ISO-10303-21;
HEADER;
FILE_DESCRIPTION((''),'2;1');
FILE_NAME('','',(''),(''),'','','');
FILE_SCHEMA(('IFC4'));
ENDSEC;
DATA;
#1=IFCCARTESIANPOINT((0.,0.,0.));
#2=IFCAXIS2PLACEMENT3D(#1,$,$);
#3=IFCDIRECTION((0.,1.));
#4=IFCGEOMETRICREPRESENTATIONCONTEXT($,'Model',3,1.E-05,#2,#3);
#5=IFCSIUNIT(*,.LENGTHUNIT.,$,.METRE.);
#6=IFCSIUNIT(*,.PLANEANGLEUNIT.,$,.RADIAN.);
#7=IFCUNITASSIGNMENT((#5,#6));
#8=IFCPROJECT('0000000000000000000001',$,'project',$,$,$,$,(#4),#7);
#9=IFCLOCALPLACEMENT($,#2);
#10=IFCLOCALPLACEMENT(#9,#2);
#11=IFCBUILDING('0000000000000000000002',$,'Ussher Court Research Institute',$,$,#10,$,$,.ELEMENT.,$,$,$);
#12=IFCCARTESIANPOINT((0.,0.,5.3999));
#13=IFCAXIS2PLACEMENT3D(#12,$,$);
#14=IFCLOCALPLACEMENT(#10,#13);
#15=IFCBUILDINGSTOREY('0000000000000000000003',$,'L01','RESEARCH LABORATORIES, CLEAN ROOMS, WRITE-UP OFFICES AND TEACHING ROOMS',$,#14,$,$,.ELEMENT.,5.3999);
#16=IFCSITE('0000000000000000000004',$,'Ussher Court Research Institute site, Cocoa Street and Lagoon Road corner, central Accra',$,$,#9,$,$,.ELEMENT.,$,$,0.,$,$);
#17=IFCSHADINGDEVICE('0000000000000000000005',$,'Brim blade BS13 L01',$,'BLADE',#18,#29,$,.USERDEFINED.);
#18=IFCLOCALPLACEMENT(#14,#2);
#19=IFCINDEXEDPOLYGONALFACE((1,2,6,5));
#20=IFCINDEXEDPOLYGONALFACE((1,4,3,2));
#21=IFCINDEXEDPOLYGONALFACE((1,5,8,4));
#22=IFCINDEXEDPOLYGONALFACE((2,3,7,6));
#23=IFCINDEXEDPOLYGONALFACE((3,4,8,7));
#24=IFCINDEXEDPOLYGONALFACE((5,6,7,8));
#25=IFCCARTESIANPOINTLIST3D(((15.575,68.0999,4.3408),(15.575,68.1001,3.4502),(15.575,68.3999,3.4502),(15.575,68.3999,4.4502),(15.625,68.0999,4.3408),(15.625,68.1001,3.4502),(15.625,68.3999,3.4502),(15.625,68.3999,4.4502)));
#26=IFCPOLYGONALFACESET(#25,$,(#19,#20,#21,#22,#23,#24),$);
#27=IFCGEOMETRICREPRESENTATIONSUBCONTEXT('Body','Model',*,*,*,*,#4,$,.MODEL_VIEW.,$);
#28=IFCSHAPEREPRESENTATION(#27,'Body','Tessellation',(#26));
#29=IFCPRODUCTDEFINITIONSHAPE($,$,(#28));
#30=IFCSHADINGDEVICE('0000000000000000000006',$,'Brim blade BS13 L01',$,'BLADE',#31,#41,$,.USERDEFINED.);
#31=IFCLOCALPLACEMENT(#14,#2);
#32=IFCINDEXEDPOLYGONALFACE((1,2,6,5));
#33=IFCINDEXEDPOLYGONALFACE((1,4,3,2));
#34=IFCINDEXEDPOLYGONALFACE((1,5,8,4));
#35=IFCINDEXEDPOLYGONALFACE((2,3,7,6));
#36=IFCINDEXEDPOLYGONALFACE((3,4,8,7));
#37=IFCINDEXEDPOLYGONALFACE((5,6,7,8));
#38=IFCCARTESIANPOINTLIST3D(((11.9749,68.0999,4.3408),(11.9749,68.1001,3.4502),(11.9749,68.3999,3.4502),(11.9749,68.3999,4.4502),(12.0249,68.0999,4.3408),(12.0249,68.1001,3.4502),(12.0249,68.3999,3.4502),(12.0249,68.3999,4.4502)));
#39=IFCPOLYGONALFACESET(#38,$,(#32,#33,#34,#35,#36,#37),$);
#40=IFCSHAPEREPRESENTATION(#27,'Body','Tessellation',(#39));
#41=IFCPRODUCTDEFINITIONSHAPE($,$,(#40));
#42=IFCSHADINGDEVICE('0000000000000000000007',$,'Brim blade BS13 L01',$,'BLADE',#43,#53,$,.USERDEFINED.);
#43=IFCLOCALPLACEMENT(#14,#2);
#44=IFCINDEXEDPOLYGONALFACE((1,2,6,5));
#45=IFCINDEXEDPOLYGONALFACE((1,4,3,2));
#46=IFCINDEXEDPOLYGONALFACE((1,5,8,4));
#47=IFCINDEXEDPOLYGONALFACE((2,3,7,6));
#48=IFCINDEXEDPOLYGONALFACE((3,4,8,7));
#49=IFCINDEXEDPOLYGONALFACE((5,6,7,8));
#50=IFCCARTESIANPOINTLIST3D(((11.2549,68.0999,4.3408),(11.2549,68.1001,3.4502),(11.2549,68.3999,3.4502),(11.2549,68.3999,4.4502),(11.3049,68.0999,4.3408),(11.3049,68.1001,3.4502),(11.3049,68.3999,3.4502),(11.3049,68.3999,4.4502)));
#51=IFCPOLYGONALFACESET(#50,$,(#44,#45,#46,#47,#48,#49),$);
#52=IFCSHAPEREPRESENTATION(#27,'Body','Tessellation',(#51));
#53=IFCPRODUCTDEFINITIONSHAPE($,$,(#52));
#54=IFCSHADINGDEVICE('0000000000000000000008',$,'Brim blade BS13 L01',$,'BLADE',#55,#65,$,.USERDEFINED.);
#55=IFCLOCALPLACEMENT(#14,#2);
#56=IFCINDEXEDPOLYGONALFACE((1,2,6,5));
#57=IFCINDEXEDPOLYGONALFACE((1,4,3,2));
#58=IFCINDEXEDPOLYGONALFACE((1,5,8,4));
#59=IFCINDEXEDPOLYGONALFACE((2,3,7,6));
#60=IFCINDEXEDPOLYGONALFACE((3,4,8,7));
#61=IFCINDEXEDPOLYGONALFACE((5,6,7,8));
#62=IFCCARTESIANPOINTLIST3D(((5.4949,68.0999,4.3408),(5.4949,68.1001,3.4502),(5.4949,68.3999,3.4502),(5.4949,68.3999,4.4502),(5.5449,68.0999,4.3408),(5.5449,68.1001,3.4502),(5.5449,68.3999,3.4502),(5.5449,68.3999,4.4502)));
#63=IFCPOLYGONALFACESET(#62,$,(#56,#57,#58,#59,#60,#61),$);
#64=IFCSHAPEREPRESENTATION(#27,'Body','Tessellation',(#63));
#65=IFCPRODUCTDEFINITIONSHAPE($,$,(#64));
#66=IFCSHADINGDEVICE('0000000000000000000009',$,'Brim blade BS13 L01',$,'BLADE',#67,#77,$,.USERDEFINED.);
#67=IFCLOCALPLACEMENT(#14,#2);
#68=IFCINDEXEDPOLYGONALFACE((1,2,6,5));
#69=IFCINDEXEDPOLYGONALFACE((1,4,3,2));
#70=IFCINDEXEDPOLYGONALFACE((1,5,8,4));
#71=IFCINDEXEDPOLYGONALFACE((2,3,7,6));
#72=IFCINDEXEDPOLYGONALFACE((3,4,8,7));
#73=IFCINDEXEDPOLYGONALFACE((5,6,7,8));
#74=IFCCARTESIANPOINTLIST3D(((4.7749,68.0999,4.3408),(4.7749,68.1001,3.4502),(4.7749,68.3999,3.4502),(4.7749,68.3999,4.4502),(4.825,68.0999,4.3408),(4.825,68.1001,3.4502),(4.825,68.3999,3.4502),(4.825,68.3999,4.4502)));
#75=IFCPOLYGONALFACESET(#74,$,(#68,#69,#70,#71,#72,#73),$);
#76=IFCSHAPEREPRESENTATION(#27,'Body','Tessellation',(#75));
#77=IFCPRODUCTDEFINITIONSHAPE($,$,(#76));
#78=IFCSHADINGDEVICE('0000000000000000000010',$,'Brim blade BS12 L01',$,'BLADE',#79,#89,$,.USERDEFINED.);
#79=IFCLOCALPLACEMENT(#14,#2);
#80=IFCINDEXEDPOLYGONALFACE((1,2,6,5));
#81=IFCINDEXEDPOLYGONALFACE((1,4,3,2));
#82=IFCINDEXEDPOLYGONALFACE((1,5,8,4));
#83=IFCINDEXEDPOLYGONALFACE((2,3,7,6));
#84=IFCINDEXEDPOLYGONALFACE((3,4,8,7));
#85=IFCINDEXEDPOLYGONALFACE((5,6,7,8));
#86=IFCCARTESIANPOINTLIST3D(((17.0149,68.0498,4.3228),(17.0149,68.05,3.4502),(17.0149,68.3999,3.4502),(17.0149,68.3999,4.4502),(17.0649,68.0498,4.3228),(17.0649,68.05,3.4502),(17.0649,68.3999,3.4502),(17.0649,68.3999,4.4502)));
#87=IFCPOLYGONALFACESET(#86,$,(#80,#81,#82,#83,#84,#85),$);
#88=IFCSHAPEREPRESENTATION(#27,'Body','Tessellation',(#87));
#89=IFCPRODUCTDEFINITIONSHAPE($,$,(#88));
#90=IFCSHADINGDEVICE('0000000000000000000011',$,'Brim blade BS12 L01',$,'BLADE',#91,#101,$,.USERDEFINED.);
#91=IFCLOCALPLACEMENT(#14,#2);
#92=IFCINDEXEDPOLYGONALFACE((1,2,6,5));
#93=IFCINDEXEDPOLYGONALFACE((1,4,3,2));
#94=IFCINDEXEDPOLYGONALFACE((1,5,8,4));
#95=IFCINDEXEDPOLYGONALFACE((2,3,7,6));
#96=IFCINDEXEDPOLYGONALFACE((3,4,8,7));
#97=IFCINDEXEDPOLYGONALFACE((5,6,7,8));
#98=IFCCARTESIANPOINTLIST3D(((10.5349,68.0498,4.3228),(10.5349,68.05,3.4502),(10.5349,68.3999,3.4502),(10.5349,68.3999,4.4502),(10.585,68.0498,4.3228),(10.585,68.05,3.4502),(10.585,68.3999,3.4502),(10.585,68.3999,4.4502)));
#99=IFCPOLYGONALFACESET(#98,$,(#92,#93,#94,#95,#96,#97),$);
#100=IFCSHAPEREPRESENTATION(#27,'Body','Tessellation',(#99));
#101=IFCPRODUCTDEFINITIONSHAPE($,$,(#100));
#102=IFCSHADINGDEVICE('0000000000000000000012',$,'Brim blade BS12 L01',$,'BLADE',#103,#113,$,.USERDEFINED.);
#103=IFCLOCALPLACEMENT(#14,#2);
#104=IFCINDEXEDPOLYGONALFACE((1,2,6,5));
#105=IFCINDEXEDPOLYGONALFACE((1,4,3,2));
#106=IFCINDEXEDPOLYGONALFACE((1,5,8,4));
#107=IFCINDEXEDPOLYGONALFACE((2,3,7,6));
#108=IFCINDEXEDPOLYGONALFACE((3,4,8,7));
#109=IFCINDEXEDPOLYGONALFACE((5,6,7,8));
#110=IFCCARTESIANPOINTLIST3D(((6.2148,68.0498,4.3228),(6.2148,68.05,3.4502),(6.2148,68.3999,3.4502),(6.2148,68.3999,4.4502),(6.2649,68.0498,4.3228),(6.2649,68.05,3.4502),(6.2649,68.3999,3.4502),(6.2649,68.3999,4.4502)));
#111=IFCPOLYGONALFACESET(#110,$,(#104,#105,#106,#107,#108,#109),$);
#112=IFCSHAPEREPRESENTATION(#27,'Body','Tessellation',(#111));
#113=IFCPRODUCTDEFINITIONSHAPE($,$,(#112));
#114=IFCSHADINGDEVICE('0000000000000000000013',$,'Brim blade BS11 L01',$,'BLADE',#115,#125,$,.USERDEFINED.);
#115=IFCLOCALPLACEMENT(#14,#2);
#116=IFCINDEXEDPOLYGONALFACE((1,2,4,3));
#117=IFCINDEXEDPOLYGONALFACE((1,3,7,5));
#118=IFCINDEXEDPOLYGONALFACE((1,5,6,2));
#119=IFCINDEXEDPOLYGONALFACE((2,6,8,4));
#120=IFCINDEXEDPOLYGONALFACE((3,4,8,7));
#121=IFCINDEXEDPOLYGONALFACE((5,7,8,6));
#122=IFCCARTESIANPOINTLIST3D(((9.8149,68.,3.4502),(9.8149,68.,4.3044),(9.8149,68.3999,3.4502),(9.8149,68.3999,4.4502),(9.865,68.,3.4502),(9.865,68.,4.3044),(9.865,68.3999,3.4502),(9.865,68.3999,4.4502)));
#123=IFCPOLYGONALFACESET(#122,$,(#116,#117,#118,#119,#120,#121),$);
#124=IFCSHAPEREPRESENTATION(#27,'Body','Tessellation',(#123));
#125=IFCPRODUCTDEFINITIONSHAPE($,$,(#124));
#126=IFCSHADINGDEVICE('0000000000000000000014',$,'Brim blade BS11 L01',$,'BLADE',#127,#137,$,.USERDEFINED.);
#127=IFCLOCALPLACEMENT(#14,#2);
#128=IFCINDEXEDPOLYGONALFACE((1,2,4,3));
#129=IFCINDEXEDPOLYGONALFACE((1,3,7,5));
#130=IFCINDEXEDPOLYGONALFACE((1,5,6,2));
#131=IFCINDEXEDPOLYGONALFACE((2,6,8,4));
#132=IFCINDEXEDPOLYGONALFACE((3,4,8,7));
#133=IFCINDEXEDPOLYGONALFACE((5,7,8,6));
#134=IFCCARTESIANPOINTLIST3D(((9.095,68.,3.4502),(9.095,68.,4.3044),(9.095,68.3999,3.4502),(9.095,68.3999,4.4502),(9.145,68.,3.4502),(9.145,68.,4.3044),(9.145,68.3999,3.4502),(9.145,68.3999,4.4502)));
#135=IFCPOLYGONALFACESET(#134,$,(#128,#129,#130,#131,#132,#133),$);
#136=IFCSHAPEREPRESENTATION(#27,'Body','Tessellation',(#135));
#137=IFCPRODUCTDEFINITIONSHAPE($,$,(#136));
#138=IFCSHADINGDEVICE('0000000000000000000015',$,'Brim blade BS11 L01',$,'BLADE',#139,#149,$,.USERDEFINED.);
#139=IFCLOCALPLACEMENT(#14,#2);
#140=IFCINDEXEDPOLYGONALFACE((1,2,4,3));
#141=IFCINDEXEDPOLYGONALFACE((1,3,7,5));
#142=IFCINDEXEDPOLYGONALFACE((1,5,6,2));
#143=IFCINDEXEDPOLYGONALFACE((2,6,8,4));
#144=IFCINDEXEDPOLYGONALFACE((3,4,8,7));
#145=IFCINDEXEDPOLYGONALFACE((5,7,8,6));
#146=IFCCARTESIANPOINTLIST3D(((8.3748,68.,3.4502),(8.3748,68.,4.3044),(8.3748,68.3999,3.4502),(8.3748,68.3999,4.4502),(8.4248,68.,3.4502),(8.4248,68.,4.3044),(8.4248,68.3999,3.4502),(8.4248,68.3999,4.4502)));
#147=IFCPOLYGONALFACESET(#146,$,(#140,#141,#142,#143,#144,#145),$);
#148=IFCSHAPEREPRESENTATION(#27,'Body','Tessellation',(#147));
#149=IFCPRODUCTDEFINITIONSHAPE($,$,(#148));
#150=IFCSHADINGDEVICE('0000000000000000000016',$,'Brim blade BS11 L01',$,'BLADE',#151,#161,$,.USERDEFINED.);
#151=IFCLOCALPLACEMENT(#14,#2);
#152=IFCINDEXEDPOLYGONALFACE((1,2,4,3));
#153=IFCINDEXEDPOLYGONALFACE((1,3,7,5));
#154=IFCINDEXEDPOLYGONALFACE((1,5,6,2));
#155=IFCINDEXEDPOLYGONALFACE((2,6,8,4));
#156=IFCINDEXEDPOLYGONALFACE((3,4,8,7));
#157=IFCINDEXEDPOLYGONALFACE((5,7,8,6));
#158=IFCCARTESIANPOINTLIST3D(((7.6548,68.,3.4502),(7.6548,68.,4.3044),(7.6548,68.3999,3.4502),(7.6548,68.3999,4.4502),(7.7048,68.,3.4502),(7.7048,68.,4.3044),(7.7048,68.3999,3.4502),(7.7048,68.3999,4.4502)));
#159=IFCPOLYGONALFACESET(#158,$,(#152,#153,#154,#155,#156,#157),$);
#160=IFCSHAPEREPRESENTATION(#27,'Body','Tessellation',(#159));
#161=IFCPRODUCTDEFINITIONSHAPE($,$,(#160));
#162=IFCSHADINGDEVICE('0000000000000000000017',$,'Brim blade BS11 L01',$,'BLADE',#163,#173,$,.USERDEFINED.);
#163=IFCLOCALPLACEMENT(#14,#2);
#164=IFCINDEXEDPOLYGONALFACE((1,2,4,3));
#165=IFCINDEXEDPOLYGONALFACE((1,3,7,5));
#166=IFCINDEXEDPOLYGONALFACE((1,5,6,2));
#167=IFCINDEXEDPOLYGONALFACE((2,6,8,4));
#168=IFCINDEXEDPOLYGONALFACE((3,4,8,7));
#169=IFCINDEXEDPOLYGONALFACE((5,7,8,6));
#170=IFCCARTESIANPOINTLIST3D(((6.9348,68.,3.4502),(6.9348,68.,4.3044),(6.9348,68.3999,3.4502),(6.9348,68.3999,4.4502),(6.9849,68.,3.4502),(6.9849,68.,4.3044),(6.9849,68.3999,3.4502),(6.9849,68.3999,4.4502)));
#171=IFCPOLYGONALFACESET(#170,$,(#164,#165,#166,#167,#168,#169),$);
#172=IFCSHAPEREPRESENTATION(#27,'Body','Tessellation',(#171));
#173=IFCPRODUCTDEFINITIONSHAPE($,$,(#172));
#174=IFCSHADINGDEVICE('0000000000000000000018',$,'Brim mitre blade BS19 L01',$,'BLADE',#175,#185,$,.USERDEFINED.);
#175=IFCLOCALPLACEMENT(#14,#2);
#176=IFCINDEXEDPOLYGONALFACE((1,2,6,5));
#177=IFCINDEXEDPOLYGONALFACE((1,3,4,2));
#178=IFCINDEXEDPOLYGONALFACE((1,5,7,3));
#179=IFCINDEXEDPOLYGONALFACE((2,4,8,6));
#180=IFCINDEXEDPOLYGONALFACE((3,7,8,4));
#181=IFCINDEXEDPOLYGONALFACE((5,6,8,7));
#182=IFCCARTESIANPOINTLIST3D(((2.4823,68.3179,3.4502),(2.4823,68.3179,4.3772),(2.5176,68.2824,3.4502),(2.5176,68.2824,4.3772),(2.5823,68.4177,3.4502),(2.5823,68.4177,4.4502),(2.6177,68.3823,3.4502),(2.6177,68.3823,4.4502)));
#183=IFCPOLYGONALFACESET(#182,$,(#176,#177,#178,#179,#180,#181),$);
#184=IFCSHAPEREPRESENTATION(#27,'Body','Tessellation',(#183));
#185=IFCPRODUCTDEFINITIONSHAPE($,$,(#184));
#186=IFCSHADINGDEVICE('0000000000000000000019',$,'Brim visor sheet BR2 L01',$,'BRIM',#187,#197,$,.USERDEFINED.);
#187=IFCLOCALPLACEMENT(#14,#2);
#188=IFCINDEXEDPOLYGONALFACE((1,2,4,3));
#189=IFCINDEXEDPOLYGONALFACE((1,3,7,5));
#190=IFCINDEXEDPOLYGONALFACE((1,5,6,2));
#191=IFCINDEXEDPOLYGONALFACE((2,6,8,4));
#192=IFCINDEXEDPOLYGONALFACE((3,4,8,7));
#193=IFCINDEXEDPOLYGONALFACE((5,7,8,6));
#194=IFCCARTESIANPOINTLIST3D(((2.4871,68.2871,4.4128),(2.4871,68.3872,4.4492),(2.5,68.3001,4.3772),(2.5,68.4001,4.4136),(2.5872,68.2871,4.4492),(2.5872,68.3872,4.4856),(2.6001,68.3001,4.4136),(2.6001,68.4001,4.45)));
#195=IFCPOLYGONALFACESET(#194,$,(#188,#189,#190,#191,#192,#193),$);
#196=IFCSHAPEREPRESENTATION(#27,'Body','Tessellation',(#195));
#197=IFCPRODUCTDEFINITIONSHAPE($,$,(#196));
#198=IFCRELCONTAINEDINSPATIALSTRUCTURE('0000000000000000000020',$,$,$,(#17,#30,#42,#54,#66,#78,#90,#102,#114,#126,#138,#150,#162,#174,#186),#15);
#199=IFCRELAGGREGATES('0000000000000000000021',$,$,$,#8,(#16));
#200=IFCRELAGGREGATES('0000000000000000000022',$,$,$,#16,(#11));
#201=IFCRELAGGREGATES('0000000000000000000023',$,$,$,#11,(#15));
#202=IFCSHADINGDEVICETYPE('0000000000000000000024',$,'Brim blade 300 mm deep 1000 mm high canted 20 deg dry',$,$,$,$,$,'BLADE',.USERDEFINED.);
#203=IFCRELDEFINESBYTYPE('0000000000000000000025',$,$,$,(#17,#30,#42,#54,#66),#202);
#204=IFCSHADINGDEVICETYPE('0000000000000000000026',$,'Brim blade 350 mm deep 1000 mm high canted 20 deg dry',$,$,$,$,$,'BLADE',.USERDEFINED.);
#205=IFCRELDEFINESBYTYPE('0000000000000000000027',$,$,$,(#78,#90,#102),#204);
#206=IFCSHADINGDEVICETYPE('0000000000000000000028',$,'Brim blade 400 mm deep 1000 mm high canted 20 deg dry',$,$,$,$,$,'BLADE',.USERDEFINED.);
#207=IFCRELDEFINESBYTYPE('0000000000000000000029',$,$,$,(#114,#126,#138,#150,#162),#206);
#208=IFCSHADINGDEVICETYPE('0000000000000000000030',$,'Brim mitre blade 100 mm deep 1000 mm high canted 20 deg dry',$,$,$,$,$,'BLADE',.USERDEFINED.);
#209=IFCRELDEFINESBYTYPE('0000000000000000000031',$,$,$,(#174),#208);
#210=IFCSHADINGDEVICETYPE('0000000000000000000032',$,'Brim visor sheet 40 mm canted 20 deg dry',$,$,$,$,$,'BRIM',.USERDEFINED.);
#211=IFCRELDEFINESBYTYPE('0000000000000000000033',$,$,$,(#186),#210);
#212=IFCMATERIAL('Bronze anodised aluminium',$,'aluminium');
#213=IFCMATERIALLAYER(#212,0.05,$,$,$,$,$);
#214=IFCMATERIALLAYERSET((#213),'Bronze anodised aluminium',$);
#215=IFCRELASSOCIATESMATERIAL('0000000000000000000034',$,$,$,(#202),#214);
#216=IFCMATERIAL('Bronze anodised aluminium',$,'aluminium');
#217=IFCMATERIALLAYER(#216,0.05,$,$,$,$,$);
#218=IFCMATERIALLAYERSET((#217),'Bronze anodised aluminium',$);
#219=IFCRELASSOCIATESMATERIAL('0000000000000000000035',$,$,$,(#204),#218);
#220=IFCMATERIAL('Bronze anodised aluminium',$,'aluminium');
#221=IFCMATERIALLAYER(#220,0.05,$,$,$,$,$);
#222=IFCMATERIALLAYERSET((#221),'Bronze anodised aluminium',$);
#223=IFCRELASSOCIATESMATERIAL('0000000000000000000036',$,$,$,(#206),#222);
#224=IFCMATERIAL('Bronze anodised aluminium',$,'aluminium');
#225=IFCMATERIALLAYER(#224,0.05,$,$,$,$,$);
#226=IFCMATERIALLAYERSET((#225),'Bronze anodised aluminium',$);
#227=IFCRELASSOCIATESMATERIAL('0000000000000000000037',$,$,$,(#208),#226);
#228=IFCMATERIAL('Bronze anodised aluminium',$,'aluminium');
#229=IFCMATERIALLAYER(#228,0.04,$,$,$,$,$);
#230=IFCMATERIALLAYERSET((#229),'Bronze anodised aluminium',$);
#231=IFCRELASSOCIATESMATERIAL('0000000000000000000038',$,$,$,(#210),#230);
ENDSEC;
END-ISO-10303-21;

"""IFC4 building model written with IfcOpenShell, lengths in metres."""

from ifc_helpers import new_model, si_unit, direction, frame, origin, place, context, subcontext, project, spatial, polyline, outline, extrude, material, layer, layer_set, type_object, element, save


model = new_model("IFC4")

# Units and contexts
model_context = context("Model", 3, precision=1e-05, world=origin(), true_north=direction((0.0, 1.0)))
body_context = subcontext(model_context, "Body", "Model", "MODEL_VIEW")
ifc_project = project(units=[si_unit("LENGTHUNIT", "METRE"), si_unit("PLANEANGLEUNIT", "RADIAN")], contexts=[model_context])

# Site, building, storey
site_placement = place(None, origin())
site = spatial("IfcSite", under=ifc_project, at=site_placement, Name="Ussher Court Research Institute site, Cocoa Street and Lagoon Road corner, central Accra", CompositionType="ELEMENT", RefElevation=0.0)
building_placement = place(site_placement, origin())
building = spatial("IfcBuilding", under=site, at=building_placement, Name="Ussher Court Research Institute", CompositionType="ELEMENT")
storey_placement = place(building_placement, frame((0.0, 0.0, 5.3999)))
storey = spatial("IfcBuildingStorey", under=building, at=storey_placement, Name="L01", Description="RESEARCH LABORATORIES, CLEAN ROOMS, WRITE-UP OFFICES AND TEACHING ROOMS", CompositionType="ELEMENT", Elevation=5.3999)

# Shading devices
ifc_material_1 = material(Name="Bronze anodised aluminium", Category="aluminium")
ifc_layer_1 = layer(ifc_material_1, 0.05)
ifc_layer_set_1 = layer_set([ifc_layer_1], Name="Bronze anodised aluminium")
shading_device_type_1 = type_object("IfcShadingDeviceType", Name="Brim blade 300 mm deep 1000 mm high canted 20 deg dry", ElementType="BLADE", PredefinedType="USERDEFINED", material=ifc_layer_set_1)
for number, where, z_axis, x_axis, name in (
    (1, (15.6001, 68.3999, 3.4502), (0.0, 0.0, 1.0), (0.0, -1.0, 0.0), "Brim blade BS13 L01"),
    (2, (12.0, 68.3999, 3.4502), (0.0, 0.0, 1.0), (0.0, -1.0, 0.0), "Brim blade BS13 L01"),
    (3, (11.28, 68.3999, 3.4502), (0.0, 0.0, 1.0), (0.0, -1.0, 0.0), "Brim blade BS13 L01"),
    (4, (5.52, 68.3999, 3.4502), (0.0, 0.0, 1.0), (0.0, -1.0, 0.0), "Brim blade BS13 L01"),
    (5, (4.8, 68.3999, 3.4502), (0.0, 0.0, 1.0), (0.0, -1.0, 0.0), "Brim blade BS13 L01"),
):
    element("IfcShadingDevice", number, at=place(storey_placement, frame(where, z_axis=z_axis, x_axis=x_axis)), inside=storey, type_object=shading_device_type_1, Name=name, ObjectType="BLADE", PredefinedType="USERDEFINED", context=body_context, shape_type="SweptSolid", body=[
        extrude(outline(polyline([(0.0, 0.0), (0.2998, 0.0), (0.3, 0.8906), (0.0, 1.0), (0.0, 0.0)])), frame((0.0, 0.0249, 0.0), z_axis=(0.0, -1.0, 0.0), x_axis=(1.0, 0.0, 0.0)), (0.0, 0.0, 1.0), 0.05),
    ])
ifc_material_2 = material(Name="Bronze anodised aluminium", Category="aluminium")
ifc_layer_2 = layer(ifc_material_2, 0.05)
ifc_layer_set_2 = layer_set([ifc_layer_2], Name="Bronze anodised aluminium")
shading_device_type_2 = type_object("IfcShadingDeviceType", Name="Brim blade 350 mm deep 1000 mm high canted 20 deg dry", ElementType="BLADE", PredefinedType="USERDEFINED", material=ifc_layer_set_2)
for number, where, z_axis, x_axis, name in (
    (6, (17.04, 68.3999, 3.4502), (0.0, 0.0, 1.0), (0.0, -1.0, 0.0), "Brim blade BS12 L01"),
    (7, (10.5601, 68.3999, 3.4502), (0.0, 0.0, 1.0), (0.0, -1.0, 0.0), "Brim blade BS12 L01"),
    (8, (6.24, 68.3999, 3.4502), (0.0, 0.0, 1.0), (0.0, -1.0, 0.0), "Brim blade BS12 L01"),
):
    element("IfcShadingDevice", number, at=place(storey_placement, frame(where, z_axis=z_axis, x_axis=x_axis)), inside=storey, type_object=shading_device_type_2, Name=name, ObjectType="BLADE", PredefinedType="USERDEFINED", context=body_context, shape_type="SweptSolid", body=[
        extrude(outline(polyline([(0.0, 0.0), (0.3499, 0.0), (0.3501, 0.8726), (0.0, 1.0), (0.0, 0.0)])), frame((0.0, 0.0249, 0.0), z_axis=(0.0, -1.0, 0.0), x_axis=(1.0, 0.0, 0.0)), (0.0, 0.0, 1.0), 0.05),
    ])
ifc_material_3 = material(Name="Bronze anodised aluminium", Category="aluminium")
ifc_layer_3 = layer(ifc_material_3, 0.05)
ifc_layer_set_3 = layer_set([ifc_layer_3], Name="Bronze anodised aluminium")
shading_device_type_3 = type_object("IfcShadingDeviceType", Name="Brim blade 400 mm deep 1000 mm high canted 20 deg dry", ElementType="BLADE", PredefinedType="USERDEFINED", material=ifc_layer_set_3)
for number, where, z_axis, x_axis, name in (
    (9, (9.8401, 68.3999, 3.4502), (0.0, 0.0, 1.0), (0.0, -1.0, 0.0), "Brim blade BS11 L01"),
    (10, (9.1201, 68.3999, 3.4502), (0.0, 0.0, 1.0), (0.0, -1.0, 0.0), "Brim blade BS11 L01"),
    (11, (8.3999, 68.3999, 3.4502), (0.0, 0.0, 1.0), (0.0, -1.0, 0.0), "Brim blade BS11 L01"),
    (12, (7.6799, 68.3999, 3.4502), (0.0, 0.0, 1.0), (0.0, -1.0, 0.0), "Brim blade BS11 L01"),
    (13, (6.96, 68.3999, 3.4502), (0.0, 0.0, 1.0), (0.0, -1.0, 0.0), "Brim blade BS11 L01"),
):
    element("IfcShadingDevice", number, at=place(storey_placement, frame(where, z_axis=z_axis, x_axis=x_axis)), inside=storey, type_object=shading_device_type_3, Name=name, ObjectType="BLADE", PredefinedType="USERDEFINED", context=body_context, shape_type="SweptSolid", body=[
        extrude(outline(polyline([(0.0, 0.0), (0.3999, 0.0), (0.3999, 0.8542), (0.0, 1.0), (0.0, 0.0)])), frame((0.0, 0.0249, 0.0), z_axis=(0.0, -1.0, 0.0), x_axis=(1.0, 0.0, 0.0)), (0.0, 0.0, 1.0), 0.05),
    ])
ifc_material_4 = material(Name="Bronze anodised aluminium", Category="aluminium")
ifc_layer_4 = layer(ifc_material_4, 0.05)
ifc_layer_set_4 = layer_set([ifc_layer_4], Name="Bronze anodised aluminium")
shading_device_type_4 = type_object("IfcShadingDeviceType", Name="Brim mitre blade 100 mm deep 1000 mm high canted 20 deg dry", ElementType="BLADE", PredefinedType="USERDEFINED", material=ifc_layer_set_4)
shading_device_1_placement = place(storey_placement, frame((2.6001, 68.3999, 3.4502), z_axis=(0.0, 0.0, 1.0), x_axis=(-0.70797, -0.706243, 0.0)))
element("IfcShadingDevice", 14, at=shading_device_1_placement, inside=storey, type_object=shading_device_type_4, Name="Brim mitre blade BS19 L01", ObjectType="BLADE", PredefinedType="USERDEFINED", context=body_context, shape_type="SweptSolid", body=[
    extrude(outline(polyline([(0.0, 0.0), (0.1414, 0.0), (0.1414, 0.927), (0.0, 1.0), (0.0, 0.0)])), frame((0.0, 0.0249, 0.0), z_axis=(0.0, -1.0, 0.0), x_axis=(1.0, 0.0, 0.0)), (0.0, 0.0, 1.0), 0.05),
])
ifc_material_5 = material(Name="Bronze anodised aluminium", Category="aluminium")
ifc_layer_5 = layer(ifc_material_5, 0.04)
ifc_layer_set_5 = layer_set([ifc_layer_5], Name="Bronze anodised aluminium")
shading_device_type_5 = type_object("IfcShadingDeviceType", Name="Brim visor sheet 40 mm canted 20 deg dry", ElementType="BRIM", PredefinedType="USERDEFINED", material=ifc_layer_set_5)
shading_device_2_placement = place(storey_placement, frame((2.5872, 68.3872, 4.4856), z_axis=(-0.323225, -0.323225, 0.889411), x_axis=(-0.93986, 0.0, -0.341559)))
element("IfcShadingDevice", 15, at=shading_device_2_placement, inside=storey, type_object=shading_device_type_5, Name="Brim visor sheet BR2 L01", ObjectType="BRIM", PredefinedType="USERDEFINED", context=body_context, shape_type="SweptSolid", body=[
    extrude(outline(polyline([(0.0, 0.0), (0.1065, 0.0), (0.1189, 0.1058), (0.0124, 0.1058), (0.0, 0.0)])), origin(), (0.0, 0.0, -1.0), 0.04),
])

save(model, "model.ifc")
